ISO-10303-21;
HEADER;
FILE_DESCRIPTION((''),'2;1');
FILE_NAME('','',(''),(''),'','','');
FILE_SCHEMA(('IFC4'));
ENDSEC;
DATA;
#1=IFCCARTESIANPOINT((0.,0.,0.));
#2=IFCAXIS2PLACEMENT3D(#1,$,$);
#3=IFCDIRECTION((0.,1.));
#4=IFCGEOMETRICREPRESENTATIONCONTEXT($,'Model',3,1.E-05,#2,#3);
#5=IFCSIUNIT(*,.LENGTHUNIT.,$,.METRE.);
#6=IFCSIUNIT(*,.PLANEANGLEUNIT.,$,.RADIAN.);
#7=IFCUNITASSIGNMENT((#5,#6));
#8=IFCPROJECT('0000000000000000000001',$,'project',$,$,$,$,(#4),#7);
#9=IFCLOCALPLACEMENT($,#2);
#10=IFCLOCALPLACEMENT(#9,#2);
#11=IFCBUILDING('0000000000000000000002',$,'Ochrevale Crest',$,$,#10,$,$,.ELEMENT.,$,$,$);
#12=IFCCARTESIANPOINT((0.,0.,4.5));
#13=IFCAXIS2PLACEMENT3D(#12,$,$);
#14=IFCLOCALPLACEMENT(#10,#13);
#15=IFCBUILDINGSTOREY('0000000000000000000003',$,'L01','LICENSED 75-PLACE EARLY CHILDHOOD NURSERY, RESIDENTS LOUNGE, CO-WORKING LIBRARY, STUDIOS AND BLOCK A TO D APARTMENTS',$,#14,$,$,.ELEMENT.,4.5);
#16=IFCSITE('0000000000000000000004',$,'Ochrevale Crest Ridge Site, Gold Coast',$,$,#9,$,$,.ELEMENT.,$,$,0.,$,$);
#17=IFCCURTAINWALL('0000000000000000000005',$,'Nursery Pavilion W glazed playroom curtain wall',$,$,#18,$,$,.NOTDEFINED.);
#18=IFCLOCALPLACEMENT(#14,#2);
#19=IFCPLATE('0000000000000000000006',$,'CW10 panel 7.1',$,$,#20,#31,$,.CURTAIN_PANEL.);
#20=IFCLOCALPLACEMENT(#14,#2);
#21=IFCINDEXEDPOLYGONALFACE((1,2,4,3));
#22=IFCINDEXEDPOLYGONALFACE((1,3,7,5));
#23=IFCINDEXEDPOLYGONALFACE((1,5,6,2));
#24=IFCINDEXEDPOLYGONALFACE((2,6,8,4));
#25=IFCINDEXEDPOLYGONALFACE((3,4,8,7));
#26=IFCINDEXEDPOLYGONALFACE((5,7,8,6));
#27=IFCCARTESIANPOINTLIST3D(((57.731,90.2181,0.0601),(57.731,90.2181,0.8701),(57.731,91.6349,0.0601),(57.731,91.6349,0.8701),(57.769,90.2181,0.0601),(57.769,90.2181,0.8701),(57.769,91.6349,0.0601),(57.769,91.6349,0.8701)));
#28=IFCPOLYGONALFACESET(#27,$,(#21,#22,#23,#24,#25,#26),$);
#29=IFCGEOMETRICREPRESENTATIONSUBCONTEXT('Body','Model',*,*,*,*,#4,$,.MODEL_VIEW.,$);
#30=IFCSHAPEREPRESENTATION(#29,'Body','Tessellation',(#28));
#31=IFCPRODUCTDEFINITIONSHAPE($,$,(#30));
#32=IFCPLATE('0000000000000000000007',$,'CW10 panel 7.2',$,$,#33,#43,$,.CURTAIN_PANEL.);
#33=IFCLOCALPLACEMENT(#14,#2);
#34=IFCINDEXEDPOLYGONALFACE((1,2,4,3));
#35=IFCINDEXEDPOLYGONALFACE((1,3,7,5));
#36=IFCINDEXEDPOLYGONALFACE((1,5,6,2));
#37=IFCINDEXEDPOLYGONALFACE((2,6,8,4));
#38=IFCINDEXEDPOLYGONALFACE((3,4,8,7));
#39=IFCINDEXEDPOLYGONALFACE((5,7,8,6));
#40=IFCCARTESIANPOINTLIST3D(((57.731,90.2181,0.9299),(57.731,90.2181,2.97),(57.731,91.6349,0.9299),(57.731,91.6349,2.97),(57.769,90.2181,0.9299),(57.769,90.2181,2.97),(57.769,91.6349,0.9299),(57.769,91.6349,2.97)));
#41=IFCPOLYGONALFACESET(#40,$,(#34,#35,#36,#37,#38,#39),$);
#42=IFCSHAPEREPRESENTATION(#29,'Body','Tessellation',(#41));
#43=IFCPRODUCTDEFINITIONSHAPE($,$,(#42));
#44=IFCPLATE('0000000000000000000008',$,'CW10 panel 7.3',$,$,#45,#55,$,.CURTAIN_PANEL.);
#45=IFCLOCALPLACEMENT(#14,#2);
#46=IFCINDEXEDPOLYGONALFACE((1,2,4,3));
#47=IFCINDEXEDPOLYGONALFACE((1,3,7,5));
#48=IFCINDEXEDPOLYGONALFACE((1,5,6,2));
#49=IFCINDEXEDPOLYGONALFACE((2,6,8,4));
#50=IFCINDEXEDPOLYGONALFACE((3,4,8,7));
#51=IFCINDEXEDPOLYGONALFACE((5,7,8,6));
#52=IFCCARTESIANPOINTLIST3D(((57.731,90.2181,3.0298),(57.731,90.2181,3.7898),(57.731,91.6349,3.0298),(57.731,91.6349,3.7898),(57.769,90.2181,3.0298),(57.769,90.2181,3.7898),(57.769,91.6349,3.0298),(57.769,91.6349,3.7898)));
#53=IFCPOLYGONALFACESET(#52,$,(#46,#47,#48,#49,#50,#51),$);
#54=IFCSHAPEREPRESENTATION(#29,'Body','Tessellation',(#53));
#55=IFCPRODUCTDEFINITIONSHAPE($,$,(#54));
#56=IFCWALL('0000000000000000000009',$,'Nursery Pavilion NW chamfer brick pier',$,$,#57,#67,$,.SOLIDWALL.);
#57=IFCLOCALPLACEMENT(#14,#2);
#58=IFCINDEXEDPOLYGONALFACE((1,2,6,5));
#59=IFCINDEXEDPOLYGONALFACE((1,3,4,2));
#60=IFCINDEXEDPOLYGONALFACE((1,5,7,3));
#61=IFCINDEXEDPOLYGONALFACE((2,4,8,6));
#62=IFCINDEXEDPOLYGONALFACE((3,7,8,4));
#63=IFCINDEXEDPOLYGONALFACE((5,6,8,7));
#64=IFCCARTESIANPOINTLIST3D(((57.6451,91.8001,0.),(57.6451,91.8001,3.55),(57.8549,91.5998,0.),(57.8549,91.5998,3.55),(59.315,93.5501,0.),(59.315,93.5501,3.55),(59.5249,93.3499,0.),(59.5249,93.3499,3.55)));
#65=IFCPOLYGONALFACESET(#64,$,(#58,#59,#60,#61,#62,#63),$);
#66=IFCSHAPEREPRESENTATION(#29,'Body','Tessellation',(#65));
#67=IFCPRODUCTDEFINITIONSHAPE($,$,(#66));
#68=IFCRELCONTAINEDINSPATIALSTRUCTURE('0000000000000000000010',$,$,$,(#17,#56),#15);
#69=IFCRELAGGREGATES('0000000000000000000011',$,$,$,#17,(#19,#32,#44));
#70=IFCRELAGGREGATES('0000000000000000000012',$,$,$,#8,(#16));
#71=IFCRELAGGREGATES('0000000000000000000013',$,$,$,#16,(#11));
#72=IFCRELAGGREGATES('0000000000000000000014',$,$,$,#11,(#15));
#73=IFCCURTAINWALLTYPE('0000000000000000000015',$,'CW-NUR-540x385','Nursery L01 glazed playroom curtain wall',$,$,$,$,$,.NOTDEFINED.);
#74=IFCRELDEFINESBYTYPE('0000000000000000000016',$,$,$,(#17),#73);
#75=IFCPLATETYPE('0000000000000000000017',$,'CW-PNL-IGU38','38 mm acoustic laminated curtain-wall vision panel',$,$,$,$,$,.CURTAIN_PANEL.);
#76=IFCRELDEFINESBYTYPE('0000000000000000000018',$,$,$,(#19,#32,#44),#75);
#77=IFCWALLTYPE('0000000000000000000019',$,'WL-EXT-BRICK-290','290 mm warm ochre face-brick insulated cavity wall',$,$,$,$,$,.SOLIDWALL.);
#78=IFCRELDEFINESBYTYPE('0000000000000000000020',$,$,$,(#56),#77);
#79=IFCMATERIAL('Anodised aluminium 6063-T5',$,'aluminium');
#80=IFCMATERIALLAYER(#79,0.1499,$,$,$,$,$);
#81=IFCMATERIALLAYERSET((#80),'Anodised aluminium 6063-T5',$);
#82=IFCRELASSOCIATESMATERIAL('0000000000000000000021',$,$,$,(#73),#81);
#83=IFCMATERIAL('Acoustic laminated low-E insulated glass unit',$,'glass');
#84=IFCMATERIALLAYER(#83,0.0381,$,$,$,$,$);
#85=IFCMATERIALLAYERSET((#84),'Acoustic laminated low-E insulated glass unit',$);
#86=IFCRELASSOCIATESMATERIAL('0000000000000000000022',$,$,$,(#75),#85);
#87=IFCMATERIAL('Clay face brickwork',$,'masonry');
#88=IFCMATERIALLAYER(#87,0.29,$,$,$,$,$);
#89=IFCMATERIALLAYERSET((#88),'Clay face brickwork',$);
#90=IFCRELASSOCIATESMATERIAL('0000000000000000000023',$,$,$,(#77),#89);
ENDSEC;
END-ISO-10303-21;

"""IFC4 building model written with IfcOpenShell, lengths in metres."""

from ifc_helpers import new_model, si_unit, direction, frame, frame_2d, origin, origin_2d, place, context, subcontext, project, spatial, rectangle, extrude, material, layer, layer_set, type_object, element, aggregate, save


model = new_model("IFC4")

# Units and contexts
model_context = context("Model", 3, precision=1e-05, world=origin(), true_north=direction((0.0, 1.0)))
body_context = subcontext(model_context, "Body", "Model", "MODEL_VIEW")
ifc_project = project(units=[si_unit("LENGTHUNIT", "METRE"), si_unit("PLANEANGLEUNIT", "RADIAN")], contexts=[model_context])

# Site, building, storey
site_placement = place(None, origin())
site = spatial("IfcSite", under=ifc_project, at=site_placement, Name="Ochrevale Crest Ridge Site, Gold Coast", CompositionType="ELEMENT", RefElevation=0.0)
building_placement = place(site_placement, origin())
building = spatial("IfcBuilding", under=site, at=building_placement, Name="Ochrevale Crest", CompositionType="ELEMENT")
storey_placement = place(building_placement, frame((0.0, 0.0, 4.5)))
storey = spatial("IfcBuildingStorey", under=building, at=storey_placement, Name="L01", Description="LICENSED 75-PLACE EARLY CHILDHOOD NURSERY, RESIDENTS LOUNGE, CO-WORKING LIBRARY, STUDIOS AND BLOCK A TO D APARTMENTS", CompositionType="ELEMENT", Elevation=4.5)

# Curtain wall, plates
ifc_material_1 = material(Name="Anodised aluminium 6063-T5", Category="aluminium")
ifc_layer_1 = layer(ifc_material_1, 0.1499)
ifc_layer_set_1 = layer_set([ifc_layer_1], Name="Anodised aluminium 6063-T5")
curtain_wall_type = type_object("IfcCurtainWallType", Name="CW-NUR-540x385", Description="Nursery L01 glazed playroom curtain wall", PredefinedType="NOTDEFINED", material=ifc_layer_set_1)
curtain_wall_placement = place(storey_placement, origin())
curtain_wall = element("IfcCurtainWall", 1, at=curtain_wall_placement, inside=storey, type_object=curtain_wall_type, Name="Nursery Pavilion W glazed playroom curtain wall", PredefinedType="NOTDEFINED")
ifc_material_2 = material(Name="Acoustic laminated low-E insulated glass unit", Category="glass")
ifc_layer_2 = layer(ifc_material_2, 0.0381)
ifc_layer_set_2 = layer_set([ifc_layer_2], Name="Acoustic laminated low-E insulated glass unit")
plate_type = type_object("IfcPlateType", Name="CW-PNL-IGU38", Description="38 mm acoustic laminated curtain-wall vision panel", PredefinedType="CURTAIN_PANEL", material=ifc_layer_set_2)
plate_1_placement = place(storey_placement, frame((57.75, 90.9265, 0.0601), z_axis=(0.0, 0.0, 1.0), x_axis=(0.0, 1.0, 0.0)))
plate_1 = element("IfcPlate", 2, at=plate_1_placement, type_object=plate_type, Name="CW10 panel 7.1", PredefinedType="CURTAIN_PANEL", context=body_context, shape_type="SweptSolid", body=[
    extrude(rectangle(XDim=1.4167, YDim=0.0381, at=origin_2d()), origin(), (0.0, 0.0, 1.0), 0.8101),
])
plate_2_placement = place(storey_placement, frame((57.75, 90.9265, 0.9299), z_axis=(0.0, 0.0, 1.0), x_axis=(0.0, 1.0, 0.0)))
plate_2 = element("IfcPlate", 3, at=plate_2_placement, type_object=plate_type, Name="CW10 panel 7.2", PredefinedType="CURTAIN_PANEL", context=body_context, shape_type="SweptSolid", body=[
    extrude(rectangle(XDim=1.4167, YDim=0.0381, at=origin_2d()), origin(), (0.0, 0.0, 1.0), 2.04),
])
plate_3_placement = place(storey_placement, frame((57.75, 90.9265, 3.0298), z_axis=(0.0, 0.0, 1.0), x_axis=(0.0, 1.0, 0.0)))
plate_3 = element("IfcPlate", 4, at=plate_3_placement, type_object=plate_type, Name="CW10 panel 7.3", PredefinedType="CURTAIN_PANEL", context=body_context, shape_type="SweptSolid", body=[
    extrude(rectangle(XDim=1.4167, YDim=0.0381, at=origin_2d()), origin(), (0.0, 0.0, 1.0), 0.76),
])
aggregate(curtain_wall, [plate_1, plate_2, plate_3])

# Wall
ifc_material_3 = material(Name="Clay face brickwork", Category="masonry")
ifc_layer_3 = layer(ifc_material_3, 0.29)
ifc_layer_set_3 = layer_set([ifc_layer_3], Name="Clay face brickwork")
wall_type_1 = type_object("IfcWallType", Name="WL-EXT-BRICK-290", Description="290 mm warm ochre face-brick insulated cavity wall", PredefinedType="SOLIDWALL", material=ifc_layer_set_3)
wall_1_placement = place(storey_placement, frame((57.75, 91.7, 0.0), z_axis=(0.0, 0.0, 1.0), x_axis=(0.690361, 0.723466, 0.0)))
element("IfcWall", 5, at=wall_1_placement, inside=storey, type_object=wall_type_1, Name="Nursery Pavilion NW chamfer brick pier", PredefinedType="SOLIDWALL", context=body_context, shape_type="SweptSolid", body=[
    extrude(rectangle(XDim=2.4189, YDim=0.29, at=frame_2d((1.2095, 0.0))), origin(), (0.0, 0.0, 1.0), 3.55),
])

save(model, "model.ifc")
